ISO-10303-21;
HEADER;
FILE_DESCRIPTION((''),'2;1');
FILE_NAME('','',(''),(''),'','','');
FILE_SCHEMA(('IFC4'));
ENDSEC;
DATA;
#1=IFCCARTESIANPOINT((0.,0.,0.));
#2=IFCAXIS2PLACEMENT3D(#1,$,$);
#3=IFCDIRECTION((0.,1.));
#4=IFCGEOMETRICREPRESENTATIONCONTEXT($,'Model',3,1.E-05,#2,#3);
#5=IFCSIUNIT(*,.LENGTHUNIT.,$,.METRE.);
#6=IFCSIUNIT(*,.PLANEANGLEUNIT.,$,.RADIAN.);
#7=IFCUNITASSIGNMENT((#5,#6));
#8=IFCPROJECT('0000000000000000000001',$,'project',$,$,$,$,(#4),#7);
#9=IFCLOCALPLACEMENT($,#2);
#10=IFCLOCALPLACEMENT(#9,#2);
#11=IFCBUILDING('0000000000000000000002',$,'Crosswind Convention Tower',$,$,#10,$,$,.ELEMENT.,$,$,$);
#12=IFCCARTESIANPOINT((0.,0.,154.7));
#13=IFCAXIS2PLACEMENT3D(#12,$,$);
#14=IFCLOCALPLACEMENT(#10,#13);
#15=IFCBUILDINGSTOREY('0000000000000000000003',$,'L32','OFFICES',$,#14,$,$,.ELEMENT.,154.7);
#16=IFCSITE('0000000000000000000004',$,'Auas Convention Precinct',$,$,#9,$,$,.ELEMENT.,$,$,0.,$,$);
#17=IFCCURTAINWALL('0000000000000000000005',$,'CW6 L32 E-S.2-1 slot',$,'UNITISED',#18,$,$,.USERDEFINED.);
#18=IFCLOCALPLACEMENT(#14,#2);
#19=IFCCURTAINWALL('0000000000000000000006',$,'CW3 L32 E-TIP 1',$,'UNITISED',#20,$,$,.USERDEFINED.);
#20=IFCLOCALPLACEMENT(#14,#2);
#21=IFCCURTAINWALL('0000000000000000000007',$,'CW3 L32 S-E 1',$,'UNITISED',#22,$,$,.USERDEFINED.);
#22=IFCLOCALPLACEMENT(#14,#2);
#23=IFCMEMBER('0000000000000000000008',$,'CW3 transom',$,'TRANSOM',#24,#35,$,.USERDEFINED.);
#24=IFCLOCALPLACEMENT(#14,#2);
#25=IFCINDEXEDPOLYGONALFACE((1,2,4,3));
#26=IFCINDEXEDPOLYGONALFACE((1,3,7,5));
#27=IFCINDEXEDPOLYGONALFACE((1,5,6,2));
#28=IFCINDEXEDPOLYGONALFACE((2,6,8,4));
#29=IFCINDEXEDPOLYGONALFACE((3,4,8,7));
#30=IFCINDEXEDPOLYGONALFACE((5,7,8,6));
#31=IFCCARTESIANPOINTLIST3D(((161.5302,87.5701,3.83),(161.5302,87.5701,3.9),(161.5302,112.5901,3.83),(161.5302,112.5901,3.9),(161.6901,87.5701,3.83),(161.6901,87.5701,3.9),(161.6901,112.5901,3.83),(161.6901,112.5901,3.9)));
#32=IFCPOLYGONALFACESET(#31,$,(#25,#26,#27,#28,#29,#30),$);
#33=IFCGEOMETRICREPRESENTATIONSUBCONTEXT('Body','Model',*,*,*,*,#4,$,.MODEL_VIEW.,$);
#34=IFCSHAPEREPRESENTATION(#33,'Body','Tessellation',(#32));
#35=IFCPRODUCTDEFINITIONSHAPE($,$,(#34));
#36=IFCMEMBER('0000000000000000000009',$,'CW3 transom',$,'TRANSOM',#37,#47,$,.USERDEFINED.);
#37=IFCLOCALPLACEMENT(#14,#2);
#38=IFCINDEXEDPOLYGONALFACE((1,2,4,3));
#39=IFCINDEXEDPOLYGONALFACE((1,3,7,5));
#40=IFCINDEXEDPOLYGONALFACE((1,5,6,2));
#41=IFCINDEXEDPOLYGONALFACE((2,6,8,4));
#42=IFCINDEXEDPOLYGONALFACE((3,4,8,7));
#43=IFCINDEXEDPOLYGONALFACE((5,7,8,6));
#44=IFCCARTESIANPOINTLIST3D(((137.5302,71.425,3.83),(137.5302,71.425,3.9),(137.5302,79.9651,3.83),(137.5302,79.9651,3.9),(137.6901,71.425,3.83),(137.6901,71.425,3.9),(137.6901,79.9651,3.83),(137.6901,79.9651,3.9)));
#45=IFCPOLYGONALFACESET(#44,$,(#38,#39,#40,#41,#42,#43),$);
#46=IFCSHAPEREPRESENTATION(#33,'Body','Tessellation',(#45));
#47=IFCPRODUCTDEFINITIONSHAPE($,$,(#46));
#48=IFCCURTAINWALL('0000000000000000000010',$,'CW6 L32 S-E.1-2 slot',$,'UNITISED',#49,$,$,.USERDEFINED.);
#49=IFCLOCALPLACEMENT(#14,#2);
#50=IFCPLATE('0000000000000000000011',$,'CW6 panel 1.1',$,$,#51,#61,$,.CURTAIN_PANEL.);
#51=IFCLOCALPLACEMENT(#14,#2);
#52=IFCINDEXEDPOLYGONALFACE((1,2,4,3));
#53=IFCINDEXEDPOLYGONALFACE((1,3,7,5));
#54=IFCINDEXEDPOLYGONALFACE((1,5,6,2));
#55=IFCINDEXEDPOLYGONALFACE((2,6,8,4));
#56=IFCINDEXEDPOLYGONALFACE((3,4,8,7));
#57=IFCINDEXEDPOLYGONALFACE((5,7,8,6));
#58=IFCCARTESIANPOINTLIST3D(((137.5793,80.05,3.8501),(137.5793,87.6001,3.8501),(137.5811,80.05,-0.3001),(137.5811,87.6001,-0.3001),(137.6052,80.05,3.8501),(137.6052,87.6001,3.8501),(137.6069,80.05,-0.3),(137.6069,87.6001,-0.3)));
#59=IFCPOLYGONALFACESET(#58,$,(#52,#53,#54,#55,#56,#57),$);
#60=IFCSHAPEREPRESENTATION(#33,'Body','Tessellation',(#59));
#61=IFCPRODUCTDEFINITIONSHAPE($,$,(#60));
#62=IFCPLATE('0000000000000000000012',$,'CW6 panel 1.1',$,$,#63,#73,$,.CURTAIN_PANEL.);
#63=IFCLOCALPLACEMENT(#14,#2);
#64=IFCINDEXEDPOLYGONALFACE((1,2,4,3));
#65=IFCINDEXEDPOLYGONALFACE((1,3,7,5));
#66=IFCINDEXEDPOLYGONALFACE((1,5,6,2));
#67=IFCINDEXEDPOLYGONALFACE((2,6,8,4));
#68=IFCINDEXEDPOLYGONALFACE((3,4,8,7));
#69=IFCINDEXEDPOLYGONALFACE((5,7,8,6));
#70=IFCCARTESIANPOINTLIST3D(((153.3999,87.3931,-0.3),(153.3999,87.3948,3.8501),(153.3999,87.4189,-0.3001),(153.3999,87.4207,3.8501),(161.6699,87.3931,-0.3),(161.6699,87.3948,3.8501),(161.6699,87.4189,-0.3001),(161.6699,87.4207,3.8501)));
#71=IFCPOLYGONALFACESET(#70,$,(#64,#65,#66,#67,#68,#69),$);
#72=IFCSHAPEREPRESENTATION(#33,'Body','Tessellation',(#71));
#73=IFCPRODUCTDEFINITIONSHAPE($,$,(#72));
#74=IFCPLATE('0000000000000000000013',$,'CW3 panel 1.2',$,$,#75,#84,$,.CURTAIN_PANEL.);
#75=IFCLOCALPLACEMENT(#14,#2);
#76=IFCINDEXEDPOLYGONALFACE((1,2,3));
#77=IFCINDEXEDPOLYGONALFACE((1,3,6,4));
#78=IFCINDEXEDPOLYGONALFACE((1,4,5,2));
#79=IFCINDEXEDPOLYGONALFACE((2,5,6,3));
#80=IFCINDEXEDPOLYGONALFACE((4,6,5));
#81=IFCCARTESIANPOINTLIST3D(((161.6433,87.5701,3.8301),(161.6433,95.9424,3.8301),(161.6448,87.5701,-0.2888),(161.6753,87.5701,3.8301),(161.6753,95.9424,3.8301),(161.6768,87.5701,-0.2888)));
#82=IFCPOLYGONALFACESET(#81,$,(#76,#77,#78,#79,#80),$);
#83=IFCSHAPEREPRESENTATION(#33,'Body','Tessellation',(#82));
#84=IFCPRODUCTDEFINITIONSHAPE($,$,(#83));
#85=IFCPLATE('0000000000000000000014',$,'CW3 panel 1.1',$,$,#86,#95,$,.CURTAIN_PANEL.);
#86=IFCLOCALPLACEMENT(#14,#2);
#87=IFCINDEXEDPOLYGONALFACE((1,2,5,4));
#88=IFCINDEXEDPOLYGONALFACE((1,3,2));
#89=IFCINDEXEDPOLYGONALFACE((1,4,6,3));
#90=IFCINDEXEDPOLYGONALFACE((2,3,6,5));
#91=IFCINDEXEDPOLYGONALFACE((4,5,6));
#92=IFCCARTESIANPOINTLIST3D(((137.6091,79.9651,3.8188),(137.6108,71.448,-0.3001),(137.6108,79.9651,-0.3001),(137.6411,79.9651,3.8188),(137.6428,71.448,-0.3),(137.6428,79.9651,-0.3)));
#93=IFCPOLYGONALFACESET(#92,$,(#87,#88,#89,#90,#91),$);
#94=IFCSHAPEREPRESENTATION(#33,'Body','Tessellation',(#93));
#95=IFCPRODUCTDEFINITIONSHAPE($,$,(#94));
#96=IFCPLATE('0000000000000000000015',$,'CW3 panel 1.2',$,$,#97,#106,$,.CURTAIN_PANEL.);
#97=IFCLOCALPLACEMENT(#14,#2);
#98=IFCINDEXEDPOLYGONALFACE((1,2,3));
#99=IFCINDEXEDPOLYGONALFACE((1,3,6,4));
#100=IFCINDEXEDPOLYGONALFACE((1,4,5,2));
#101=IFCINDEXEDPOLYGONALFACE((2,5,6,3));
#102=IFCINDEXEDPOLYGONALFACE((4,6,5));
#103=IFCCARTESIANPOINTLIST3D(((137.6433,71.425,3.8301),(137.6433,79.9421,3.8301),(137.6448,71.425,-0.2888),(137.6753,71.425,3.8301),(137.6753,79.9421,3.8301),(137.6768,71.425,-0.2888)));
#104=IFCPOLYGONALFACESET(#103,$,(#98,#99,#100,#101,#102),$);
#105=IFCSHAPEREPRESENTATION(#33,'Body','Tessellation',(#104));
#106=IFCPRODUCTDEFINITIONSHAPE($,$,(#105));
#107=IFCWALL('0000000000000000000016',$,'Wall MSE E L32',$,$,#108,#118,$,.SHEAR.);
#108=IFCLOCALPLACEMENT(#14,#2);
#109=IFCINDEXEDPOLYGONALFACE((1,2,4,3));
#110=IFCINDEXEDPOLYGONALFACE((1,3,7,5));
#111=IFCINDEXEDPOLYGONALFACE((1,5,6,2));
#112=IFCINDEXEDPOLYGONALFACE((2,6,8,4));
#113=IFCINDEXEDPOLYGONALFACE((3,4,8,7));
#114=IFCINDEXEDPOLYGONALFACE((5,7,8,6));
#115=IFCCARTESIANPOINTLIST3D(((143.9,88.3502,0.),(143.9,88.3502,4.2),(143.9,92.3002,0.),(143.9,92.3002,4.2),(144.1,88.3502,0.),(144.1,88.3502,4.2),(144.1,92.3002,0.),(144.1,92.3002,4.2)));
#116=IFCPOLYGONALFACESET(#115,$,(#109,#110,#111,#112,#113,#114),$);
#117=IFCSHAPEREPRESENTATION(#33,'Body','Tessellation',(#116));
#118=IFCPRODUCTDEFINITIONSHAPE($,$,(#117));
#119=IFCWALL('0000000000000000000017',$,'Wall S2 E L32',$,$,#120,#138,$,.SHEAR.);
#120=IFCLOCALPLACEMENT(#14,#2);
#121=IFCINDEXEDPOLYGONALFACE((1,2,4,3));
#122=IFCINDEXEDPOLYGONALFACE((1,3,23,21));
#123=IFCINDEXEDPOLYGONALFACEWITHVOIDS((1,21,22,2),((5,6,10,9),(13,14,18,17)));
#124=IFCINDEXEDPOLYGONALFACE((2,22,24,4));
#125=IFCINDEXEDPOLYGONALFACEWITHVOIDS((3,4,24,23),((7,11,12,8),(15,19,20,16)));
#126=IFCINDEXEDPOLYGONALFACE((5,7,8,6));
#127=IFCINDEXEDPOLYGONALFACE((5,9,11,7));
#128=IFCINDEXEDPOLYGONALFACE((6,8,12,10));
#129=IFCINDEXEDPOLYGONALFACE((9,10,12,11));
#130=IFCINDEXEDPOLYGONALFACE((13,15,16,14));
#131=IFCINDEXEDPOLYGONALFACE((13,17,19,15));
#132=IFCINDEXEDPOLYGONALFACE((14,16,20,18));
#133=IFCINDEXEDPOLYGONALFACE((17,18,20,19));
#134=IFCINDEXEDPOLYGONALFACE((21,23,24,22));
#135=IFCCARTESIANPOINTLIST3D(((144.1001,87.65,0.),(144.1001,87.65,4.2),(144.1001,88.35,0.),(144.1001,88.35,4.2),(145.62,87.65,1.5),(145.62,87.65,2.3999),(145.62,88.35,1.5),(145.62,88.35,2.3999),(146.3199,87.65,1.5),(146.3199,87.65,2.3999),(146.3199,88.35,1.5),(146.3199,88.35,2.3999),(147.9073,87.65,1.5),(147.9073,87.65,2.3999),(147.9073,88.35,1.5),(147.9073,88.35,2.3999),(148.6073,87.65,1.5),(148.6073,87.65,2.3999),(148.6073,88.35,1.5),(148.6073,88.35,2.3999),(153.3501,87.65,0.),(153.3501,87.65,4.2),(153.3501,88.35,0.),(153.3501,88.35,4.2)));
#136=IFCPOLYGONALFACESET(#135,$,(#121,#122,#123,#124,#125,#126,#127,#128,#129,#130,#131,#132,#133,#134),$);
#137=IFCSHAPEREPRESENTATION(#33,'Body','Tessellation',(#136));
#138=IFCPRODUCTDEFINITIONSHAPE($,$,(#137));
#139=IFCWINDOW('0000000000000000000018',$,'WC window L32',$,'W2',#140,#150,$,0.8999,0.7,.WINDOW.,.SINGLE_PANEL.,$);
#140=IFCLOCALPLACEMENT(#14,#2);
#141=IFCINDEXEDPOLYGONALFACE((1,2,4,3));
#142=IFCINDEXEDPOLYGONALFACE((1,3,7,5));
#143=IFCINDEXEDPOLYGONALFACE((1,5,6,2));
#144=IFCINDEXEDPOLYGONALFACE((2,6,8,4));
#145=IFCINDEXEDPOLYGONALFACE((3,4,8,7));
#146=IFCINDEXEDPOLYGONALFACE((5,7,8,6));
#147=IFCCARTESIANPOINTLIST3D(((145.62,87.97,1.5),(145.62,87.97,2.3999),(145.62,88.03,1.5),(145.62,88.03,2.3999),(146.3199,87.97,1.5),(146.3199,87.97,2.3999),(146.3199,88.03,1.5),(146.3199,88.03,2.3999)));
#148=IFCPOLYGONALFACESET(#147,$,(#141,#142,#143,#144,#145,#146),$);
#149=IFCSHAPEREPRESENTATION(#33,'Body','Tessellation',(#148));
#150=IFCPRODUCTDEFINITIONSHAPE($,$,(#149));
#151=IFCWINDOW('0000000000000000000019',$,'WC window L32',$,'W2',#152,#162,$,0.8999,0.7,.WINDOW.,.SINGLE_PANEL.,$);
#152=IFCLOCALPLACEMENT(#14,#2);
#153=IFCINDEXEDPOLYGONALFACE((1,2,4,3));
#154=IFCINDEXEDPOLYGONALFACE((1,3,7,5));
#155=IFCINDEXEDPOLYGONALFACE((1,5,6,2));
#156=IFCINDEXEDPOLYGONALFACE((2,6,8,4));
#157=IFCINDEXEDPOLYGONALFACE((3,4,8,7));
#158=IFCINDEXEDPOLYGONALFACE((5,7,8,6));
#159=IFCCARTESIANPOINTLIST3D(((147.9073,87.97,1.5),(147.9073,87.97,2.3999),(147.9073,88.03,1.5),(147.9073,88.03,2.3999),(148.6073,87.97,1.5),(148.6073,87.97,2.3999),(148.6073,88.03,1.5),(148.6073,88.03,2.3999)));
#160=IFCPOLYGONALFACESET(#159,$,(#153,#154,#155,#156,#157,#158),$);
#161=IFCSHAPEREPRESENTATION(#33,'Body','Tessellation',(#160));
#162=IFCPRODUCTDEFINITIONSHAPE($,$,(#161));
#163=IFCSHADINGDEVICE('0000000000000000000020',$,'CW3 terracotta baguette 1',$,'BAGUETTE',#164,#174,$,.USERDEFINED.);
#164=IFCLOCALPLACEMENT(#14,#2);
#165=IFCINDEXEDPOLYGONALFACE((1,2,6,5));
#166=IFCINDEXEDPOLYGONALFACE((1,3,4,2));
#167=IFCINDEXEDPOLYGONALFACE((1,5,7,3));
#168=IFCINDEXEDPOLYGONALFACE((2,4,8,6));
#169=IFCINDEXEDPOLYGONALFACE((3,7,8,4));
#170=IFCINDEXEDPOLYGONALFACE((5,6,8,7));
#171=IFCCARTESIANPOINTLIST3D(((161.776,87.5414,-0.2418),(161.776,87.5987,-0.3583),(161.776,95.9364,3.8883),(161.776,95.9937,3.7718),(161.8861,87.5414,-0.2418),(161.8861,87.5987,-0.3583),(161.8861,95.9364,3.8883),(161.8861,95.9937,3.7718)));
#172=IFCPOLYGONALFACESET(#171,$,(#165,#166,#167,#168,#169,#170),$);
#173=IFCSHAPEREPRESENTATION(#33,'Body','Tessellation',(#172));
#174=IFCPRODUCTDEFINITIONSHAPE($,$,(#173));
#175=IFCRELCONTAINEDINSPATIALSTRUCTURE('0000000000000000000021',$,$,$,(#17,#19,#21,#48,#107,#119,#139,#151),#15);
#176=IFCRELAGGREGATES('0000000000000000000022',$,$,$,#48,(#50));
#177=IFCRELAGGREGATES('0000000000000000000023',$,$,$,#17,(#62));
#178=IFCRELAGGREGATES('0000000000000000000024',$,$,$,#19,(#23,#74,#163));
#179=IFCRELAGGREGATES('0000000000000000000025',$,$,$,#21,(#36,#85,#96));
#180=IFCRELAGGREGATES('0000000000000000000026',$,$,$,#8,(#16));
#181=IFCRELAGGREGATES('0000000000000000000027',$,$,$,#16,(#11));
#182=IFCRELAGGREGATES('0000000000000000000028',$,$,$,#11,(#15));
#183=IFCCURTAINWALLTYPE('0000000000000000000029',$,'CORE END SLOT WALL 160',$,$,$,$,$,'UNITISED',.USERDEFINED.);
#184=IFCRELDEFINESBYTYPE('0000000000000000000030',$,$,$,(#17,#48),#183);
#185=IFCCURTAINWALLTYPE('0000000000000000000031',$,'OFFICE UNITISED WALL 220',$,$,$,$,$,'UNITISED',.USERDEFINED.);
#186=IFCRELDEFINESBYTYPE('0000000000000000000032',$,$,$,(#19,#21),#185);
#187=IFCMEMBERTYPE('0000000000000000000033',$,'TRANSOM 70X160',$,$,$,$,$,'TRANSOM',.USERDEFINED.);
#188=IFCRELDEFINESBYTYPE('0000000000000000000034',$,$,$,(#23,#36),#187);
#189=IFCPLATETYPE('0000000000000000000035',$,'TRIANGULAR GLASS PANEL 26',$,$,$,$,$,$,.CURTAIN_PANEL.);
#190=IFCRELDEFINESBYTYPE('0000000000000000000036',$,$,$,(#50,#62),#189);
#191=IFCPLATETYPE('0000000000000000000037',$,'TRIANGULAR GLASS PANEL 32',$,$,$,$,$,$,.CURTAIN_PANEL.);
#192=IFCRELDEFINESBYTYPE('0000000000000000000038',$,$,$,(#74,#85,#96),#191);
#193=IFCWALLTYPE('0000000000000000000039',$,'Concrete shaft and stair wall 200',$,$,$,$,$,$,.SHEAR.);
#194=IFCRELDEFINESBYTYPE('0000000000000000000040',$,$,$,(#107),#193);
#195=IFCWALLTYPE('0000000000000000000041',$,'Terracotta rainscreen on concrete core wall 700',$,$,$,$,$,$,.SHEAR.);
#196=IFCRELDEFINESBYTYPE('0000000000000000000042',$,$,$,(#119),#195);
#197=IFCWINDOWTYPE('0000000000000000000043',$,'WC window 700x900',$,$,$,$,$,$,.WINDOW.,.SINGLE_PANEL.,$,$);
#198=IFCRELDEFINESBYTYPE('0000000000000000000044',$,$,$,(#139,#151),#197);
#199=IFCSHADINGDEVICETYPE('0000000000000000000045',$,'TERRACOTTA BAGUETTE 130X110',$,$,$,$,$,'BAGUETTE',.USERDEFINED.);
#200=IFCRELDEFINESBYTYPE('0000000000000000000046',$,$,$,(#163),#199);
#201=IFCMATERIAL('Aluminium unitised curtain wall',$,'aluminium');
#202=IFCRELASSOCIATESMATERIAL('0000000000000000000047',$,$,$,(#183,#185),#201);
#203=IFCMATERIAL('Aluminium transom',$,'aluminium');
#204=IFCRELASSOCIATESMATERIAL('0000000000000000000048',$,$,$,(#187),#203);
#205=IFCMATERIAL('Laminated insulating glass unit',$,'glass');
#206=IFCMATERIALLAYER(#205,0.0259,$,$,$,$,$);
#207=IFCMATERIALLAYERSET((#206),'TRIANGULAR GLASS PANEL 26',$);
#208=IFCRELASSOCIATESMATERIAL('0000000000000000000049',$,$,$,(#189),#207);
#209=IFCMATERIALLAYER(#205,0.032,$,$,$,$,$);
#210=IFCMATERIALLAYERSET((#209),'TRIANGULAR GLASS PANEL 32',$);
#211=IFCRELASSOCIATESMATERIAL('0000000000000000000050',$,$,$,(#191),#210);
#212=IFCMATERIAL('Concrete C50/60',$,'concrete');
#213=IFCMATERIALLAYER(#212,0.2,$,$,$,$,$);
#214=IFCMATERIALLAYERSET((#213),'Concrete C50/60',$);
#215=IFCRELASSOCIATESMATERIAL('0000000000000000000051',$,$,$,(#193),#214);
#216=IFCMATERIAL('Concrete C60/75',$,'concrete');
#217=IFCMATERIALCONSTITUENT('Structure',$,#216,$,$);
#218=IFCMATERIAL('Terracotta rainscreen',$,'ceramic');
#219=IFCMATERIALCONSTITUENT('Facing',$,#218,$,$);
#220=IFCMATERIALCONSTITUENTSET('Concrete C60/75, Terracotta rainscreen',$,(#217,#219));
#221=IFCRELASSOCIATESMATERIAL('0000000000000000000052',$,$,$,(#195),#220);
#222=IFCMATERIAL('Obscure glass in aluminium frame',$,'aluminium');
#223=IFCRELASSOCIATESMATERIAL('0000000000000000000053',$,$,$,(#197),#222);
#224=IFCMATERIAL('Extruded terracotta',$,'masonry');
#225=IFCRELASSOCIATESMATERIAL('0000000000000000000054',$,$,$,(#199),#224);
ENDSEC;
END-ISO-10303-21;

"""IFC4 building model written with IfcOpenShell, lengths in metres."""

from ifc_helpers import new_model, si_unit, direction, frame, frame_2d, origin, origin_2d, place, context, subcontext, project, spatial, polyline, rectangle, outline, extrude, material, layer, layer_set, constituent, constituent_set, material_profile, profile_set, type_object, element, fill, aggregate, save


model = new_model("IFC4")

# Units and contexts
model_context = context("Model", 3, precision=1e-05, world=origin(), true_north=direction((0.0, 1.0)))
body_context = subcontext(model_context, "Body", "Model", "MODEL_VIEW")
ifc_project = project(units=[si_unit("LENGTHUNIT", "METRE"), si_unit("PLANEANGLEUNIT", "RADIAN")], contexts=[model_context])

# Site, building, storey
site_placement = place(None, origin())
site = spatial("IfcSite", under=ifc_project, at=site_placement, Name="Auas Convention Precinct", CompositionType="ELEMENT", RefElevation=0.0)
building_placement = place(site_placement, origin())
building = spatial("IfcBuilding", under=site, at=building_placement, Name="Crosswind Convention Tower", CompositionType="ELEMENT")
storey_placement = place(building_placement, frame((0.0, 0.0, 154.7)))
storey = spatial("IfcBuildingStorey", under=building, at=storey_placement, Name="L32", Description="OFFICES", CompositionType="ELEMENT", Elevation=154.7)

# Shared definitions
ifc_material_1 = material(Name="Concrete C60/75", Category="concrete")

# Curtain wall
ifc_material_2 = material(Name="Aluminium unitised curtain wall", Category="aluminium")
curtain_wall_type_1 = type_object("IfcCurtainWallType", Name="CORE END SLOT WALL 160", ElementType="UNITISED", PredefinedType="USERDEFINED", material=ifc_material_2)
curtain_wall_1_placement = place(storey_placement, origin())
curtain_wall_1 = element("IfcCurtainWall", 1, at=curtain_wall_1_placement, inside=storey, type_object=curtain_wall_type_1, Name="CW6 L32 E-S.2-1 slot", ObjectType="UNITISED", PredefinedType="USERDEFINED")

# Curtain walls
curtain_wall_type_2 = type_object("IfcCurtainWallType", Name="OFFICE UNITISED WALL 220", ElementType="UNITISED", PredefinedType="USERDEFINED", material=ifc_material_2)
curtain_wall_2_placement = place(storey_placement, origin())
curtain_wall_2 = element("IfcCurtainWall", 2, at=curtain_wall_2_placement, inside=storey, type_object=curtain_wall_type_2, Name="CW3 L32 E-TIP 1", ObjectType="UNITISED", PredefinedType="USERDEFINED")
curtain_wall_3_placement = place(storey_placement, origin())
curtain_wall_3 = element("IfcCurtainWall", 3, at=curtain_wall_3_placement, inside=storey, type_object=curtain_wall_type_2, Name="CW3 L32 S-E 1", ObjectType="UNITISED", PredefinedType="USERDEFINED")

# Members
ifc_material_3 = material(Name="Aluminium transom", Category="aluminium")
ifc_material_profile_1 = material_profile(ifc_material_3, rectangle(XDim=0.1599, YDim=0.0701, at=origin_2d()), Name="AL 160X70")
ifc_profile_set_1 = profile_set([ifc_material_profile_1], Name="Aluminium transom")
member_type_1 = type_object("IfcMemberType", Name="TRANSOM 70X160", ElementType="TRANSOM", PredefinedType="USERDEFINED", material=ifc_profile_set_1)
member_1_placement = place(storey_placement, frame((161.6101, 87.5701, 3.865), z_axis=(0.0, 1.0, 0.0), x_axis=(-1.0, 0.0, 0.0)))
member_1 = element("IfcMember", 4, at=member_1_placement, type_object=member_type_1, Name="CW3 transom", ObjectType="TRANSOM", PredefinedType="USERDEFINED", context=body_context, shape_type="SweptSolid", body=[
    extrude(rectangle(XDim=0.1599, YDim=0.0701, at=origin_2d()), origin(), (0.0, 0.0, 1.0), 25.02),
])
member_2_placement = place(storey_placement, frame((137.6101, 71.425, 3.865), z_axis=(0.0, 1.0, 0.0), x_axis=(-1.0, 0.0, 0.0)))
member_2 = element("IfcMember", 5, at=member_2_placement, type_object=member_type_1, Name="CW3 transom", ObjectType="TRANSOM", PredefinedType="USERDEFINED", context=body_context, shape_type="SweptSolid", body=[
    extrude(rectangle(XDim=0.1599, YDim=0.0701, at=origin_2d()), origin(), (0.0, 0.0, 1.0), 8.54),
])

# Curtain wall, plate
curtain_wall_4_placement = place(storey_placement, origin())
curtain_wall_4 = element("IfcCurtainWall", 6, at=curtain_wall_4_placement, inside=storey, type_object=curtain_wall_type_1, Name="CW6 L32 S-E.1-2 slot", ObjectType="UNITISED", PredefinedType="USERDEFINED")
ifc_material_4 = material(Name="Laminated insulating glass unit", Category="glass")
ifc_layer_1 = layer(ifc_material_4, 0.0259)
ifc_layer_set_1 = layer_set([ifc_layer_1], Name="TRIANGULAR GLASS PANEL 26")
plate_type_1 = type_object("IfcPlateType", Name="TRIANGULAR GLASS PANEL 26", PredefinedType="CURTAIN_PANEL", material=ifc_layer_set_1)
plate_1_placement = place(storey_placement, frame((137.6069, 80.05, -0.3), z_axis=(1.0, 0.0, 0.000412), x_axis=(0.0, 1.0, 0.0)))
plate_1 = element("IfcPlate", 7, at=plate_1_placement, type_object=plate_type_1, Name="CW6 panel 1.1", PredefinedType="CURTAIN_PANEL", context=body_context, shape_type="SweptSolid", body=[
    extrude(outline(polyline([(0.0, 0.0), (7.55, 0.0), (7.55, 4.1501), (0.0, 4.1501), (0.0, 0.0)])), origin(), (0.0, 0.0, -1.0), 0.0259),
])
aggregate(curtain_wall_4, [plate_1])

# Plates
plate_2_placement = place(storey_placement, frame((153.3999, 87.3931, -0.3), z_axis=(0.0, -1.0, 0.000412), x_axis=(1.0, 0.0, 0.0)))
plate_2 = element("IfcPlate", 8, at=plate_2_placement, type_object=plate_type_1, Name="CW6 panel 1.1", PredefinedType="CURTAIN_PANEL", context=body_context, shape_type="SweptSolid", body=[
    extrude(outline(polyline([(0.0, 0.0), (8.27, 0.0), (8.27, 4.1501), (0.0, 4.1501), (0.0, 0.0)])), origin(), (0.0, 0.0, -1.0), 0.0259),
])
aggregate(curtain_wall_1, [plate_2])
ifc_layer_2 = layer(ifc_material_4, 0.032)
ifc_layer_set_2 = layer_set([ifc_layer_2], Name="TRIANGULAR GLASS PANEL 32")
plate_type_2 = type_object("IfcPlateType", Name="TRIANGULAR GLASS PANEL 32", PredefinedType="CURTAIN_PANEL", material=ifc_layer_set_2)
plate_3_placement = place(storey_placement, frame((161.6753, 87.5701, 3.8301), z_axis=(1.0, 0.0, 0.000356), x_axis=(0.000356, 0.0, -1.0)))
plate_3 = element("IfcPlate", 9, at=plate_3_placement, type_object=plate_type_2, Name="CW3 panel 1.2", PredefinedType="CURTAIN_PANEL", context=body_context, shape_type="SweptSolid", body=[
    extrude(outline(polyline([(0.0, 0.0), (4.1189, 0.0), (0.0, 8.3723), (0.0, 0.0)])), origin(), (0.0, 0.0, -1.0), 0.032),
])
plate_4_placement = place(storey_placement, frame((137.6428, 79.9651, -0.3), z_axis=(1.0, 0.0, 0.000415), x_axis=(-0.000415, 0.0, 1.0)))
plate_4 = element("IfcPlate", 10, at=plate_4_placement, type_object=plate_type_2, Name="CW3 panel 1.1", PredefinedType="CURTAIN_PANEL", context=body_context, shape_type="SweptSolid", body=[
    extrude(outline(polyline([(0.0, 0.0), (4.1189, 0.0), (0.0, 8.5171), (0.0, 0.0)])), origin(), (0.0, 0.0, -1.0), 0.032),
])
plate_5_placement = place(storey_placement, frame((137.6753, 71.425, 3.8301), z_axis=(1.0, 0.0, 0.000356), x_axis=(0.000356, 0.0, -1.0)))
plate_5 = element("IfcPlate", 11, at=plate_5_placement, type_object=plate_type_2, Name="CW3 panel 1.2", PredefinedType="CURTAIN_PANEL", context=body_context, shape_type="SweptSolid", body=[
    extrude(outline(polyline([(0.0, 0.0), (4.1189, 0.0), (0.0, 8.5171), (0.0, 0.0)])), origin(), (0.0, 0.0, -1.0), 0.032),
])

# Wall
ifc_material_5 = material(Name="Concrete C50/60", Category="concrete")
ifc_layer_3 = layer(ifc_material_5, 0.2)
ifc_layer_set_3 = layer_set([ifc_layer_3], Name="Concrete C50/60")
wall_type_1 = type_object("IfcWallType", Name="Concrete shaft and stair wall 200", PredefinedType="SHEAR", material=ifc_layer_set_3)
wall_1_placement = place(storey_placement, frame((144.0, 88.3501, 0.0), z_axis=(0.0, 0.0, 1.0), x_axis=(0.0, 1.0, 0.0)))
element("IfcWall", 12, at=wall_1_placement, inside=storey, type_object=wall_type_1, Name="Wall MSE E L32", PredefinedType="SHEAR", context=body_context, shape_type="SweptSolid", body=[
    extrude(rectangle(XDim=3.95, YDim=0.2, at=frame_2d((1.9751, 0.0))), origin(), (0.0, 0.0, 1.0), 4.2),
])

# Wall, openings, windows
ifc_constituent_1 = constituent(ifc_material_1, Name="Structure")
ifc_material_6 = material(Name="Terracotta rainscreen", Category="ceramic")
ifc_constituent_2 = constituent(ifc_material_6, Name="Facing")
ifc_constituent_set = constituent_set(constituents=[ifc_constituent_1, ifc_constituent_2], Name="Concrete C60/75, Terracotta rainscreen")
wall_type_2 = type_object("IfcWallType", Name="Terracotta rainscreen on concrete core wall 700", PredefinedType="SHEAR", material=ifc_constituent_set)
wall_2_placement = place(storey_placement, frame((144.1001, 88.0, 0.0), z_axis=(0.0, 0.0, 1.0), x_axis=(1.0, 0.0, 0.0)))
wall_2 = element("IfcWall", 13, at=wall_2_placement, inside=storey, type_object=wall_type_2, Name="Wall S2 E L32", PredefinedType="SHEAR", context=body_context, shape_type="SweptSolid", body=[
    extrude(rectangle(XDim=9.25, YDim=0.7, at=frame_2d((4.625, 0.0))), origin(), (0.0, 0.0, 1.0), 4.2),
])
opening_1_placement = place(wall_2_placement, frame((1.5198, 0.0, 1.5)))
opening_1 = element("IfcOpeningElement", 14, at=opening_1_placement, cuts=wall_2, PredefinedType="OPENING", context=body_context, shape_type="SweptSolid", body=[
    extrude(rectangle(XDim=0.7, YDim=0.8999, at=frame_2d((0.3501, 0.45))), frame((0.0, 0.3599, 0.0), z_axis=(0.0, -1.0, 0.0), x_axis=(1.0, 0.0, 0.0)), (0.0, 0.0, 1.0), 0.72),
])
opening_2_placement = place(wall_2_placement, frame((3.8071, 0.0, 1.5)))
opening_2 = element("IfcOpeningElement", 15, at=opening_2_placement, cuts=wall_2, PredefinedType="OPENING", context=body_context, shape_type="SweptSolid", body=[
    extrude(rectangle(XDim=0.7, YDim=0.8999, at=frame_2d((0.3501, 0.45))), frame((0.0, 0.3599, 0.0), z_axis=(0.0, -1.0, 0.0), x_axis=(1.0, 0.0, 0.0)), (0.0, 0.0, 1.0), 0.72),
])
ifc_material_7 = material(Name="Obscure glass in aluminium frame", Category="aluminium")
window_type = type_object("IfcWindowType", Name="WC window 700x900", PartitioningType="SINGLE_PANEL", PredefinedType="WINDOW", material=ifc_material_7)
window_1_placement = place(opening_1_placement, origin())
window_1 = element("IfcWindow", 16, at=window_1_placement, inside=storey, type_object=window_type, Name="WC window L32", ObjectType="W2", OverallHeight=0.8999, OverallWidth=0.7, PartitioningType="SINGLE_PANEL", PredefinedType="WINDOW", context=body_context, shape_type="SweptSolid", body=[
    extrude(rectangle(XDim=0.7, YDim=0.8999, at=frame_2d((0.3501, 0.45))), frame((0.0, 0.03, 0.0), z_axis=(0.0, -1.0, 0.0), x_axis=(1.0, 0.0, 0.0)), (0.0, 0.0, 1.0), 0.0601),
])
fill(opening_1, window_1)
window_2_placement = place(opening_2_placement, origin())
window_2 = element("IfcWindow", 17, at=window_2_placement, inside=storey, type_object=window_type, Name="WC window L32", ObjectType="W2", OverallHeight=0.8999, OverallWidth=0.7, PartitioningType="SINGLE_PANEL", PredefinedType="WINDOW", context=body_context, shape_type="SweptSolid", body=[
    extrude(rectangle(XDim=0.7, YDim=0.8999, at=frame_2d((0.3501, 0.45))), frame((0.0, 0.03, 0.0), z_axis=(0.0, -1.0, 0.0), x_axis=(1.0, 0.0, 0.0)), (0.0, 0.0, 1.0), 0.0601),
])
fill(opening_2, window_2)

# Shading device
ifc_material_8 = material(Name="Extruded terracotta", Category="masonry")
ifc_material_profile_2 = material_profile(ifc_material_8, rectangle(XDim=0.1101, YDim=0.1299, at=origin_2d()), Name="TC 110X130")
ifc_profile_set_2 = profile_set([ifc_material_profile_2], Name="Extruded terracotta")
shading_device_type = type_object("IfcShadingDeviceType", Name="TERRACOTTA BAGUETTE 130X110", ElementType="BAGUETTE", PredefinedType="USERDEFINED", material=ifc_profile_set_2)
shading_device_1_placement = place(storey_placement, frame((161.8311, 87.5701, -0.3), z_axis=(0.0, 0.897289, 0.441443), x_axis=(-1.0, 0.0, 0.0)))
shading_device_1 = element("IfcShadingDevice", 18, at=shading_device_1_placement, type_object=shading_device_type, Name="CW3 terracotta baguette 1", ObjectType="BAGUETTE", PredefinedType="USERDEFINED", context=body_context, shape_type="SweptSolid", body=[
    extrude(rectangle(XDim=0.1101, YDim=0.1299, at=origin_2d()), origin(), (0.0, 0.0, 1.0), 9.356),
])
aggregate(curtain_wall_2, [member_1, plate_3, shading_device_1])
aggregate(curtain_wall_3, [member_2, plate_4, plate_5])

save(model, "model.ifc")
